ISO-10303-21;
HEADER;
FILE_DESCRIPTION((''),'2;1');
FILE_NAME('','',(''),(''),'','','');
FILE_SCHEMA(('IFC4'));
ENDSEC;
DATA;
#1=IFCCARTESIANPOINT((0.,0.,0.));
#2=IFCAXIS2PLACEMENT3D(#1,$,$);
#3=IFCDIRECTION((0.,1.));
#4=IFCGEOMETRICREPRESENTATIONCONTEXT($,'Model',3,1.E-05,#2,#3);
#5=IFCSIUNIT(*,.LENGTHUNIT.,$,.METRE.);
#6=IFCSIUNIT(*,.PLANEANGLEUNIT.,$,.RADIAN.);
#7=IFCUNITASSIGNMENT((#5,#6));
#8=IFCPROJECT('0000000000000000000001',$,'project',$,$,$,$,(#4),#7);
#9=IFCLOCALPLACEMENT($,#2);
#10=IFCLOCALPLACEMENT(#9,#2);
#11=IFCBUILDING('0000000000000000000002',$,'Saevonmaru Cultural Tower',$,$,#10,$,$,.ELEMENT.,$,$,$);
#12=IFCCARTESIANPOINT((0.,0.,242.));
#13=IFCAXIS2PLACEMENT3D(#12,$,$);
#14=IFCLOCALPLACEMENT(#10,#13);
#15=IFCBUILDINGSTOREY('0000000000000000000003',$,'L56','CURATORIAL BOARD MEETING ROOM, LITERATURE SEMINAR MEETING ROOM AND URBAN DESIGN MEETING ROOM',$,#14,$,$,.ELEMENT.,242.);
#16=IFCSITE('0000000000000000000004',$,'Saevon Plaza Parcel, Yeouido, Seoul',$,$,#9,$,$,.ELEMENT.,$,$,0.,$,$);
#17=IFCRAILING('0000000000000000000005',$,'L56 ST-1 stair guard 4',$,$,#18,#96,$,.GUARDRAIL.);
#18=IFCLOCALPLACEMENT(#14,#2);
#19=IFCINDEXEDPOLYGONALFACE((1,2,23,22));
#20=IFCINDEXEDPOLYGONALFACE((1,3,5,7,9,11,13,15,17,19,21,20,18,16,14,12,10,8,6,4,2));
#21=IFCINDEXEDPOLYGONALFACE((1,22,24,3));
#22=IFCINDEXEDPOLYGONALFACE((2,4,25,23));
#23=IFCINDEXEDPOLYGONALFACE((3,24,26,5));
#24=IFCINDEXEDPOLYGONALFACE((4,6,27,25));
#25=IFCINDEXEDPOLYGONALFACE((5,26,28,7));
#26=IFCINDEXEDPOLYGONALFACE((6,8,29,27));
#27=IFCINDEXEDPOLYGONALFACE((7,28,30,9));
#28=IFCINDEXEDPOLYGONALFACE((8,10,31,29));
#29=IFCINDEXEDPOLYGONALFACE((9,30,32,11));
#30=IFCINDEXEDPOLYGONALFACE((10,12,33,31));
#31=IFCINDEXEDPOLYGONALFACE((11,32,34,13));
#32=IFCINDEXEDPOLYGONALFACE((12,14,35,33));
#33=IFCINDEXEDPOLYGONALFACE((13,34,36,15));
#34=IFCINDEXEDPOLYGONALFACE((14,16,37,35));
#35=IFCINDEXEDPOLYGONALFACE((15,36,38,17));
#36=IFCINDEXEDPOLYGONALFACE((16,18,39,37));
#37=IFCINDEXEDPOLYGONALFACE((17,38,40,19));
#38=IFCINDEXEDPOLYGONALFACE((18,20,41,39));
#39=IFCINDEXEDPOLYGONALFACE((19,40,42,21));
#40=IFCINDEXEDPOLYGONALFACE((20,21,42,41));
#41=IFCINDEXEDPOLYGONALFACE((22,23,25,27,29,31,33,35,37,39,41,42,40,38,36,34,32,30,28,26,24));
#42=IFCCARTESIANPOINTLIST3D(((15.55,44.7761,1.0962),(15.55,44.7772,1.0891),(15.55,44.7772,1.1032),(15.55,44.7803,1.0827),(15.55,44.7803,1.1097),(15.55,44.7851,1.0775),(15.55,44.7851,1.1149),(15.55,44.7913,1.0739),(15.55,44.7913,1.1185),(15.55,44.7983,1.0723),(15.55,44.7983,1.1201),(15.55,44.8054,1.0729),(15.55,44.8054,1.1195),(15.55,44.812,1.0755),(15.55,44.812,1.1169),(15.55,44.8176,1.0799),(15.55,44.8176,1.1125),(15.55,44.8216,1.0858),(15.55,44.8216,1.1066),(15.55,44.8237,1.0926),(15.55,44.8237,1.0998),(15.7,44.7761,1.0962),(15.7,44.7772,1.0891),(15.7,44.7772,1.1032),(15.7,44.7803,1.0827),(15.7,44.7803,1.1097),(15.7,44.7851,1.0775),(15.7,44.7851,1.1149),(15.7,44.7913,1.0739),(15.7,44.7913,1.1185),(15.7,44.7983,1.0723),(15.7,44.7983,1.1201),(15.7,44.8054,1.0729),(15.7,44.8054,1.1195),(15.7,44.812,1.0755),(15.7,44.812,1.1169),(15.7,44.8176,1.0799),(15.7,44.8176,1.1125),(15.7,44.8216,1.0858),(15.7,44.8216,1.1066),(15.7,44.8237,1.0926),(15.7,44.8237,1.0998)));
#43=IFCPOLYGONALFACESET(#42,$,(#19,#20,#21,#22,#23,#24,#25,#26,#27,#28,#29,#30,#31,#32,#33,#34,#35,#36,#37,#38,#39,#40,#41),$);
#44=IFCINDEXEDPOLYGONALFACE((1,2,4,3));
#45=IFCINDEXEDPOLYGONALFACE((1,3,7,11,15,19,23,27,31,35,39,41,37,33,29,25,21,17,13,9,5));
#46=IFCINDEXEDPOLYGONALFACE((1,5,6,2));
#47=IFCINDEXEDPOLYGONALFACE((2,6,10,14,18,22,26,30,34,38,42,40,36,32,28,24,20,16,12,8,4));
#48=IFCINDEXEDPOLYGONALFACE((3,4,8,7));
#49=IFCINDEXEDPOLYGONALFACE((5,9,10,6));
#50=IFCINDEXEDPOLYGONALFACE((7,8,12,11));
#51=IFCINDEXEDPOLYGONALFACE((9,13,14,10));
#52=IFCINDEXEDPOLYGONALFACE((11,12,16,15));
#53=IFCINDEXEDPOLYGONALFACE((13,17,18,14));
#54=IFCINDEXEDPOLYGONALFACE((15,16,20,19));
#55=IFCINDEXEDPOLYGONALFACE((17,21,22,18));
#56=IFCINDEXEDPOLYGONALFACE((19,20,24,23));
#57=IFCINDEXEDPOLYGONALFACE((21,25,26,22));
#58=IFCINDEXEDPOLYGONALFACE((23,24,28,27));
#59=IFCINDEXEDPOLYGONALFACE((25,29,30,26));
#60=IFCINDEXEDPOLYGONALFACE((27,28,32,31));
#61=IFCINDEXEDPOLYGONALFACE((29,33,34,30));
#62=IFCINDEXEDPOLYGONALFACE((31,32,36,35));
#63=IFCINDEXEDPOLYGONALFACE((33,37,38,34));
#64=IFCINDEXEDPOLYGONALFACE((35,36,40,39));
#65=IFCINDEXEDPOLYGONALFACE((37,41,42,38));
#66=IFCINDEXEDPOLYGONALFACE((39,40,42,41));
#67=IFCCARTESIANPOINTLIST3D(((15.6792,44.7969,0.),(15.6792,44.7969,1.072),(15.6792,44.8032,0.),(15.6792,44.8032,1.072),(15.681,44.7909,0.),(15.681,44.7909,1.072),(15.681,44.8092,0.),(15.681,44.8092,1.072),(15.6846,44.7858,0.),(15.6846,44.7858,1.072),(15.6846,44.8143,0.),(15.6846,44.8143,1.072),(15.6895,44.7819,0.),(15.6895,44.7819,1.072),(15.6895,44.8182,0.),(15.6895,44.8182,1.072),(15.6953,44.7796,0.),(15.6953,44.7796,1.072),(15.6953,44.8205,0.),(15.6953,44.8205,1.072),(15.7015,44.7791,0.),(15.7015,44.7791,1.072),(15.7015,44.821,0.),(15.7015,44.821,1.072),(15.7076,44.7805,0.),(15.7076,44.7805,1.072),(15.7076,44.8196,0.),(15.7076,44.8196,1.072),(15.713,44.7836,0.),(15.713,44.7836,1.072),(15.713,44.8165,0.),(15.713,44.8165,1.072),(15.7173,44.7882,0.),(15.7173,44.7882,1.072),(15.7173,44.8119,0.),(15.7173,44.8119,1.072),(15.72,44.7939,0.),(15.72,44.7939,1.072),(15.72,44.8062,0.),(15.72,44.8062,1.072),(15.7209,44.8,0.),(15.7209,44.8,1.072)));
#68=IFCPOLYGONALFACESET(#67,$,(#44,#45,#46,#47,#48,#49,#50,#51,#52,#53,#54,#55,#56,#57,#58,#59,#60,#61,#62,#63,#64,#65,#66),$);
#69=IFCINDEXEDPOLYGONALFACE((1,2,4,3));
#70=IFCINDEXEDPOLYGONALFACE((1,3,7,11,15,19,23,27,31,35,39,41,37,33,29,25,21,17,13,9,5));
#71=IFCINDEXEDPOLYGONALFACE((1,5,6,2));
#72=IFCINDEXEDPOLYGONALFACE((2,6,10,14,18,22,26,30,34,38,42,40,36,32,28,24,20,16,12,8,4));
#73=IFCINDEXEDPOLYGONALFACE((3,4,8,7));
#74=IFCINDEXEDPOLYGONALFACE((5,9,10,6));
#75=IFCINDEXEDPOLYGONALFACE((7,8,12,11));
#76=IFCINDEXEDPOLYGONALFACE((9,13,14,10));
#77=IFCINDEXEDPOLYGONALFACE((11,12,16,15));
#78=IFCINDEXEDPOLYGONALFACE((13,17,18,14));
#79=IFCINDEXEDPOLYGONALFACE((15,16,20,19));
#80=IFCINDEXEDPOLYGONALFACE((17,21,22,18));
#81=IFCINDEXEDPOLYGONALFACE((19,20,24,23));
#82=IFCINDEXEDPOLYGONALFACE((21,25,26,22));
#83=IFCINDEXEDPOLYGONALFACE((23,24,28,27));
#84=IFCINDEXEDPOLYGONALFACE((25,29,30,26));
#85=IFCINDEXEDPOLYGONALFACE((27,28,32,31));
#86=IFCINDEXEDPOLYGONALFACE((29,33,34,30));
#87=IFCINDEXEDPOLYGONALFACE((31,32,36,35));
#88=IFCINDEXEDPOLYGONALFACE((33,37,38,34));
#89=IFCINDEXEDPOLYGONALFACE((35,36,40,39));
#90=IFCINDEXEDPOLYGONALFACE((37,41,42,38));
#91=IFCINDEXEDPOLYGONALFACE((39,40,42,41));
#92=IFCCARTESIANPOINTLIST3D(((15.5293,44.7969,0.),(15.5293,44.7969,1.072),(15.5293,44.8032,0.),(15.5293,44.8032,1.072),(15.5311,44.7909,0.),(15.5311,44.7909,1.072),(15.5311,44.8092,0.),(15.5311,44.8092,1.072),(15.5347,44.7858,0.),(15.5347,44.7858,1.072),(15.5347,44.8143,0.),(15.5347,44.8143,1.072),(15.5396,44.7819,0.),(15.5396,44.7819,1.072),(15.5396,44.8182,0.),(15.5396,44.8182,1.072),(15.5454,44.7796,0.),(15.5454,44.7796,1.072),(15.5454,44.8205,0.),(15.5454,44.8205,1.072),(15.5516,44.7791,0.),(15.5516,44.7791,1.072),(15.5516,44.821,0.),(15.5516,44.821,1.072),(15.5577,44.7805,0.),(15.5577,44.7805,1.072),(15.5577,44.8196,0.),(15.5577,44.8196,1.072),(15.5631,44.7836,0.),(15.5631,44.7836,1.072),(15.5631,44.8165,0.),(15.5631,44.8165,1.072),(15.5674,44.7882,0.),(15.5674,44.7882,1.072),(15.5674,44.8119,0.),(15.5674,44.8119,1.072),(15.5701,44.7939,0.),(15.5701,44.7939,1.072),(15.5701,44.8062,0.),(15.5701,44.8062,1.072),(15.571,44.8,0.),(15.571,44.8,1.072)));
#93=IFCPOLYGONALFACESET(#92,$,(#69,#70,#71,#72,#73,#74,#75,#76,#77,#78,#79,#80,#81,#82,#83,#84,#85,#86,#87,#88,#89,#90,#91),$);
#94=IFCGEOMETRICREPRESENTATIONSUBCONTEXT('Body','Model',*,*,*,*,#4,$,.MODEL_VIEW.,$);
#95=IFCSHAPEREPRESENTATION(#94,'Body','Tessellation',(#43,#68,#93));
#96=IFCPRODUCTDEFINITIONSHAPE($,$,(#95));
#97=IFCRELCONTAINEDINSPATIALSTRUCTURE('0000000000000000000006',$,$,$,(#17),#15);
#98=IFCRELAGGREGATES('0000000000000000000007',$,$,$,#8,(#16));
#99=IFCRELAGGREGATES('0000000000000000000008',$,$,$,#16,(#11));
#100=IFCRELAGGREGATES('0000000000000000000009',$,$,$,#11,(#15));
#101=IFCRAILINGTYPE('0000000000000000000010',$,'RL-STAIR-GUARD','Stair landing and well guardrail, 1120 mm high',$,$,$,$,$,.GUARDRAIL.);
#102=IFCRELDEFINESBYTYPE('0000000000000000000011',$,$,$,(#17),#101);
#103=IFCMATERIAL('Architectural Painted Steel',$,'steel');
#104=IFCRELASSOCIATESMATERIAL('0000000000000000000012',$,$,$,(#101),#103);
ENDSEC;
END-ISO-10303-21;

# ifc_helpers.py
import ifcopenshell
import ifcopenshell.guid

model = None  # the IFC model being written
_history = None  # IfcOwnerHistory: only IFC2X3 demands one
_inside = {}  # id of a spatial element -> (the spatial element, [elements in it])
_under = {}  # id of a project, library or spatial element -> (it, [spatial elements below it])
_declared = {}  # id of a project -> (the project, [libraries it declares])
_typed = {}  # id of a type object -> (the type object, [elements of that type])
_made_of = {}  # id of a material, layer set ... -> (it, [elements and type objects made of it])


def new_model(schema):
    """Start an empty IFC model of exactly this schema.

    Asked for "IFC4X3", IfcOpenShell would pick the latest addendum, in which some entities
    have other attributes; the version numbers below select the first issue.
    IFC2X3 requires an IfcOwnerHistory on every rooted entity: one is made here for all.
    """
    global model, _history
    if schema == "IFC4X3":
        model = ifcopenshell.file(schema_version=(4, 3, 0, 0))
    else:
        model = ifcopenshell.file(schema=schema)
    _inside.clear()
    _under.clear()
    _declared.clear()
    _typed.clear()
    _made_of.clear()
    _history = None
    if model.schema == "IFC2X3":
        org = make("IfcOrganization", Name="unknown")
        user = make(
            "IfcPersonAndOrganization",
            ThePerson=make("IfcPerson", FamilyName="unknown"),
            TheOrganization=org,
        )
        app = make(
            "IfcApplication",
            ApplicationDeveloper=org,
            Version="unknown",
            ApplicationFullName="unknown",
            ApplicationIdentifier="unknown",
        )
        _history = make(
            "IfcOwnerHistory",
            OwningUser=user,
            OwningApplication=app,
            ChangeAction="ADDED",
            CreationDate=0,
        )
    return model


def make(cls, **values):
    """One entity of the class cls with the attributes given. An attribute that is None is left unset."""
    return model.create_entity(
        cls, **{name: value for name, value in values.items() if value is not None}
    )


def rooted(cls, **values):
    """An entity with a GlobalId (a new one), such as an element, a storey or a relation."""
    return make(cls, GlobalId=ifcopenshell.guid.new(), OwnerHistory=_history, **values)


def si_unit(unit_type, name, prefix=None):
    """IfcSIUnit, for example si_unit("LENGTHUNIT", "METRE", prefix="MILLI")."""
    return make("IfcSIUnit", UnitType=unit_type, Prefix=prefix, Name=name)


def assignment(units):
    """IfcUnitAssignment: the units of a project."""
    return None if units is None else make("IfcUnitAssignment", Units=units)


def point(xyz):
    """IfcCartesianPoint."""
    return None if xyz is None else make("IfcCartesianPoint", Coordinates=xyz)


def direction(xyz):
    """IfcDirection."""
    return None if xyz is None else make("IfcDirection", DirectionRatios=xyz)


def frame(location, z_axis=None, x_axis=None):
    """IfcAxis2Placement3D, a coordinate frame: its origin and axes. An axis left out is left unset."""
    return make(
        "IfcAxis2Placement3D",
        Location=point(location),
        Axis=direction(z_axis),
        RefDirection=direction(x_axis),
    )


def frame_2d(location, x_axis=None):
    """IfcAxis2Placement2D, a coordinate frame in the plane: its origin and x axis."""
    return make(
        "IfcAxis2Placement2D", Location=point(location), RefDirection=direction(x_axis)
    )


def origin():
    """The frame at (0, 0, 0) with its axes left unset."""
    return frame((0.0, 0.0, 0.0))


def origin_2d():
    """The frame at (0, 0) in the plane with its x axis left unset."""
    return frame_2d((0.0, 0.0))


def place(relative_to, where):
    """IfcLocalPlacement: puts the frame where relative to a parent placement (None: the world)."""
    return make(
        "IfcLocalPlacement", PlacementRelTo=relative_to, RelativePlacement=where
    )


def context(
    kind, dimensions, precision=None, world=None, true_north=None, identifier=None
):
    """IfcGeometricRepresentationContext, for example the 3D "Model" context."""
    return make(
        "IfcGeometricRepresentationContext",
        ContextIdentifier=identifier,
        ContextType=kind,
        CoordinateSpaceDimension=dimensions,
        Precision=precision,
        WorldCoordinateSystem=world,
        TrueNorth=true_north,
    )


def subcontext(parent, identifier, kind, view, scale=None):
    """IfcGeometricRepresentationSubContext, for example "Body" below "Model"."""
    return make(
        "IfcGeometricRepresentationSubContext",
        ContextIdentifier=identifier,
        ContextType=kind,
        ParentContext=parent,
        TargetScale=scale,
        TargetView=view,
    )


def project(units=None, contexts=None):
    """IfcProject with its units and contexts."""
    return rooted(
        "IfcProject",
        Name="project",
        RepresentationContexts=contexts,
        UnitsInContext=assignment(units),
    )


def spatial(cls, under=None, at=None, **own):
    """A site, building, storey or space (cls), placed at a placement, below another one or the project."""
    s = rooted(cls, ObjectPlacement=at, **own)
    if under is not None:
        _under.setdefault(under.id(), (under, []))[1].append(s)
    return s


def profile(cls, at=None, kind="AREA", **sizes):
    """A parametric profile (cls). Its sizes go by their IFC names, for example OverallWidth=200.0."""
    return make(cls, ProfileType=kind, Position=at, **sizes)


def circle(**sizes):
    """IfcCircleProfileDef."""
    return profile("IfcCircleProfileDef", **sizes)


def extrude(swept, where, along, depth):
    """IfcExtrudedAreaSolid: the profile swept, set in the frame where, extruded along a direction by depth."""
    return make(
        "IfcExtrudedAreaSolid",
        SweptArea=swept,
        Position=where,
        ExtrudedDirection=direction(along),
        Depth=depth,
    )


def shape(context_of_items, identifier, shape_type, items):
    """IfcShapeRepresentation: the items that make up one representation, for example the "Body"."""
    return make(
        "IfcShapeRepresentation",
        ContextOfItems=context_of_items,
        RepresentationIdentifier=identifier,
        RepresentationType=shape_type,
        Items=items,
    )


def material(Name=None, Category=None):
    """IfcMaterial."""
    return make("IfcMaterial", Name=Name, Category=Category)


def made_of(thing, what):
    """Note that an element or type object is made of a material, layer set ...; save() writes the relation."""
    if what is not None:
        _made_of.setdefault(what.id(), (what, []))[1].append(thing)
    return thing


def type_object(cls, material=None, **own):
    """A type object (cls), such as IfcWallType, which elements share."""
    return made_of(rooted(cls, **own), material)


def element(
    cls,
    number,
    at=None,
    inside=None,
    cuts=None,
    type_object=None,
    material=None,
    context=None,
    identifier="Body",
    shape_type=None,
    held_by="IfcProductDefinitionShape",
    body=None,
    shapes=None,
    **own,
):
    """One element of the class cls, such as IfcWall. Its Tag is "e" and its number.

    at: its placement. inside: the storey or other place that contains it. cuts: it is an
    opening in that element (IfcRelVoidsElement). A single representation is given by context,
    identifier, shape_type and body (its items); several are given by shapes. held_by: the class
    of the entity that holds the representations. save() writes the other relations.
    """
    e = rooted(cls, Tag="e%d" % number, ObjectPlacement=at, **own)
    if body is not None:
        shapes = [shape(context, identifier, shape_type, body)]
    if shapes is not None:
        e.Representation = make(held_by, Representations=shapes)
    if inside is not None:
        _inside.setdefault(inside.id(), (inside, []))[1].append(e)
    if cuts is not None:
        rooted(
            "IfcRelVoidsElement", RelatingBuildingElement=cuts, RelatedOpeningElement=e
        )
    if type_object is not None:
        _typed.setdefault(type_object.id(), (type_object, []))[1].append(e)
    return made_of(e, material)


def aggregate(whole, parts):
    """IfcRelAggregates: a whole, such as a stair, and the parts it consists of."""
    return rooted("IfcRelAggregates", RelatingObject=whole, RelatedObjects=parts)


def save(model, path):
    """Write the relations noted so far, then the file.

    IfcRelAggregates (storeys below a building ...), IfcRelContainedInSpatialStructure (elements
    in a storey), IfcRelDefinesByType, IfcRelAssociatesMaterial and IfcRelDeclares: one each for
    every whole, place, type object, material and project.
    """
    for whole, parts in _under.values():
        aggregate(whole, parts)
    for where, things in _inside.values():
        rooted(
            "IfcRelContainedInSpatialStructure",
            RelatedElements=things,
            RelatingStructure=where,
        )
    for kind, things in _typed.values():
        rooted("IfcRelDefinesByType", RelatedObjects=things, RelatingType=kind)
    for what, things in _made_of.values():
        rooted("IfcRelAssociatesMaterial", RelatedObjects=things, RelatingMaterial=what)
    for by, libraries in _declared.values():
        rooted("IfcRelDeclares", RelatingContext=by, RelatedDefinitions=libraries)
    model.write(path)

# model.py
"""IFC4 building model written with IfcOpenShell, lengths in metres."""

from ifc_helpers import new_model, si_unit, direction, frame, origin, origin_2d, place, context, subcontext, project, spatial, circle, extrude, material, type_object, element, save


model = new_model("IFC4")

# Units and contexts
model_context = context("Model", 3, precision=1e-05, world=origin(), true_north=direction((0.0, 1.0)))
body_context = subcontext(model_context, "Body", "Model", "MODEL_VIEW")
ifc_project = project(units=[si_unit("LENGTHUNIT", "METRE"), si_unit("PLANEANGLEUNIT", "RADIAN")], contexts=[model_context])

# Site, building, storey
site_placement = place(None, origin())
site = spatial("IfcSite", under=ifc_project, at=site_placement, Name="Saevon Plaza Parcel, Yeouido, Seoul", CompositionType="ELEMENT", RefElevation=0.0)
building_placement = place(site_placement, origin())
building = spatial("IfcBuilding", under=site, at=building_placement, Name="Saevonmaru Cultural Tower", CompositionType="ELEMENT")
storey_placement = place(building_placement, frame((0.0, 0.0, 242.0)))
storey = spatial("IfcBuildingStorey", under=building, at=storey_placement, Name="L56", Description="CURATORIAL BOARD MEETING ROOM, LITERATURE SEMINAR MEETING ROOM AND URBAN DESIGN MEETING ROOM", CompositionType="ELEMENT", Elevation=242.0)

# Railing
ifc_material_1 = material(Name="Architectural Painted Steel", Category="steel")
railing_type_1 = type_object("IfcRailingType", Name="RL-STAIR-GUARD", Description="Stair landing and well guardrail, 1120 mm high", PredefinedType="GUARDRAIL", material=ifc_material_1)
railing_1_placement = place(storey_placement, frame((15.7, 44.8, 0.0)))
element("IfcRailing", 1, at=railing_1_placement, inside=storey, type_object=railing_type_1, Name="L56 ST-1 stair guard 4", PredefinedType="GUARDRAIL", context=body_context, shape_type="SweptSolid", body=[
    extrude(circle(Radius=0.0239, at=origin_2d()), frame((0.0, 0.0, 1.0962), z_axis=(-1.0, 0.0, 0.0), x_axis=(0.0, -1.0, 0.0)), (0.0, 0.0, 1.0), 0.1499),
    extrude(circle(Radius=0.021, at=origin_2d()), origin(), (0.0, 0.0, 1.0), 1.072),
    extrude(circle(Radius=0.021, at=origin_2d()), frame((-0.1499, 0.0, 0.0)), (0.0, 0.0, 1.0), 1.072),
])

save(model, "model.ifc")
